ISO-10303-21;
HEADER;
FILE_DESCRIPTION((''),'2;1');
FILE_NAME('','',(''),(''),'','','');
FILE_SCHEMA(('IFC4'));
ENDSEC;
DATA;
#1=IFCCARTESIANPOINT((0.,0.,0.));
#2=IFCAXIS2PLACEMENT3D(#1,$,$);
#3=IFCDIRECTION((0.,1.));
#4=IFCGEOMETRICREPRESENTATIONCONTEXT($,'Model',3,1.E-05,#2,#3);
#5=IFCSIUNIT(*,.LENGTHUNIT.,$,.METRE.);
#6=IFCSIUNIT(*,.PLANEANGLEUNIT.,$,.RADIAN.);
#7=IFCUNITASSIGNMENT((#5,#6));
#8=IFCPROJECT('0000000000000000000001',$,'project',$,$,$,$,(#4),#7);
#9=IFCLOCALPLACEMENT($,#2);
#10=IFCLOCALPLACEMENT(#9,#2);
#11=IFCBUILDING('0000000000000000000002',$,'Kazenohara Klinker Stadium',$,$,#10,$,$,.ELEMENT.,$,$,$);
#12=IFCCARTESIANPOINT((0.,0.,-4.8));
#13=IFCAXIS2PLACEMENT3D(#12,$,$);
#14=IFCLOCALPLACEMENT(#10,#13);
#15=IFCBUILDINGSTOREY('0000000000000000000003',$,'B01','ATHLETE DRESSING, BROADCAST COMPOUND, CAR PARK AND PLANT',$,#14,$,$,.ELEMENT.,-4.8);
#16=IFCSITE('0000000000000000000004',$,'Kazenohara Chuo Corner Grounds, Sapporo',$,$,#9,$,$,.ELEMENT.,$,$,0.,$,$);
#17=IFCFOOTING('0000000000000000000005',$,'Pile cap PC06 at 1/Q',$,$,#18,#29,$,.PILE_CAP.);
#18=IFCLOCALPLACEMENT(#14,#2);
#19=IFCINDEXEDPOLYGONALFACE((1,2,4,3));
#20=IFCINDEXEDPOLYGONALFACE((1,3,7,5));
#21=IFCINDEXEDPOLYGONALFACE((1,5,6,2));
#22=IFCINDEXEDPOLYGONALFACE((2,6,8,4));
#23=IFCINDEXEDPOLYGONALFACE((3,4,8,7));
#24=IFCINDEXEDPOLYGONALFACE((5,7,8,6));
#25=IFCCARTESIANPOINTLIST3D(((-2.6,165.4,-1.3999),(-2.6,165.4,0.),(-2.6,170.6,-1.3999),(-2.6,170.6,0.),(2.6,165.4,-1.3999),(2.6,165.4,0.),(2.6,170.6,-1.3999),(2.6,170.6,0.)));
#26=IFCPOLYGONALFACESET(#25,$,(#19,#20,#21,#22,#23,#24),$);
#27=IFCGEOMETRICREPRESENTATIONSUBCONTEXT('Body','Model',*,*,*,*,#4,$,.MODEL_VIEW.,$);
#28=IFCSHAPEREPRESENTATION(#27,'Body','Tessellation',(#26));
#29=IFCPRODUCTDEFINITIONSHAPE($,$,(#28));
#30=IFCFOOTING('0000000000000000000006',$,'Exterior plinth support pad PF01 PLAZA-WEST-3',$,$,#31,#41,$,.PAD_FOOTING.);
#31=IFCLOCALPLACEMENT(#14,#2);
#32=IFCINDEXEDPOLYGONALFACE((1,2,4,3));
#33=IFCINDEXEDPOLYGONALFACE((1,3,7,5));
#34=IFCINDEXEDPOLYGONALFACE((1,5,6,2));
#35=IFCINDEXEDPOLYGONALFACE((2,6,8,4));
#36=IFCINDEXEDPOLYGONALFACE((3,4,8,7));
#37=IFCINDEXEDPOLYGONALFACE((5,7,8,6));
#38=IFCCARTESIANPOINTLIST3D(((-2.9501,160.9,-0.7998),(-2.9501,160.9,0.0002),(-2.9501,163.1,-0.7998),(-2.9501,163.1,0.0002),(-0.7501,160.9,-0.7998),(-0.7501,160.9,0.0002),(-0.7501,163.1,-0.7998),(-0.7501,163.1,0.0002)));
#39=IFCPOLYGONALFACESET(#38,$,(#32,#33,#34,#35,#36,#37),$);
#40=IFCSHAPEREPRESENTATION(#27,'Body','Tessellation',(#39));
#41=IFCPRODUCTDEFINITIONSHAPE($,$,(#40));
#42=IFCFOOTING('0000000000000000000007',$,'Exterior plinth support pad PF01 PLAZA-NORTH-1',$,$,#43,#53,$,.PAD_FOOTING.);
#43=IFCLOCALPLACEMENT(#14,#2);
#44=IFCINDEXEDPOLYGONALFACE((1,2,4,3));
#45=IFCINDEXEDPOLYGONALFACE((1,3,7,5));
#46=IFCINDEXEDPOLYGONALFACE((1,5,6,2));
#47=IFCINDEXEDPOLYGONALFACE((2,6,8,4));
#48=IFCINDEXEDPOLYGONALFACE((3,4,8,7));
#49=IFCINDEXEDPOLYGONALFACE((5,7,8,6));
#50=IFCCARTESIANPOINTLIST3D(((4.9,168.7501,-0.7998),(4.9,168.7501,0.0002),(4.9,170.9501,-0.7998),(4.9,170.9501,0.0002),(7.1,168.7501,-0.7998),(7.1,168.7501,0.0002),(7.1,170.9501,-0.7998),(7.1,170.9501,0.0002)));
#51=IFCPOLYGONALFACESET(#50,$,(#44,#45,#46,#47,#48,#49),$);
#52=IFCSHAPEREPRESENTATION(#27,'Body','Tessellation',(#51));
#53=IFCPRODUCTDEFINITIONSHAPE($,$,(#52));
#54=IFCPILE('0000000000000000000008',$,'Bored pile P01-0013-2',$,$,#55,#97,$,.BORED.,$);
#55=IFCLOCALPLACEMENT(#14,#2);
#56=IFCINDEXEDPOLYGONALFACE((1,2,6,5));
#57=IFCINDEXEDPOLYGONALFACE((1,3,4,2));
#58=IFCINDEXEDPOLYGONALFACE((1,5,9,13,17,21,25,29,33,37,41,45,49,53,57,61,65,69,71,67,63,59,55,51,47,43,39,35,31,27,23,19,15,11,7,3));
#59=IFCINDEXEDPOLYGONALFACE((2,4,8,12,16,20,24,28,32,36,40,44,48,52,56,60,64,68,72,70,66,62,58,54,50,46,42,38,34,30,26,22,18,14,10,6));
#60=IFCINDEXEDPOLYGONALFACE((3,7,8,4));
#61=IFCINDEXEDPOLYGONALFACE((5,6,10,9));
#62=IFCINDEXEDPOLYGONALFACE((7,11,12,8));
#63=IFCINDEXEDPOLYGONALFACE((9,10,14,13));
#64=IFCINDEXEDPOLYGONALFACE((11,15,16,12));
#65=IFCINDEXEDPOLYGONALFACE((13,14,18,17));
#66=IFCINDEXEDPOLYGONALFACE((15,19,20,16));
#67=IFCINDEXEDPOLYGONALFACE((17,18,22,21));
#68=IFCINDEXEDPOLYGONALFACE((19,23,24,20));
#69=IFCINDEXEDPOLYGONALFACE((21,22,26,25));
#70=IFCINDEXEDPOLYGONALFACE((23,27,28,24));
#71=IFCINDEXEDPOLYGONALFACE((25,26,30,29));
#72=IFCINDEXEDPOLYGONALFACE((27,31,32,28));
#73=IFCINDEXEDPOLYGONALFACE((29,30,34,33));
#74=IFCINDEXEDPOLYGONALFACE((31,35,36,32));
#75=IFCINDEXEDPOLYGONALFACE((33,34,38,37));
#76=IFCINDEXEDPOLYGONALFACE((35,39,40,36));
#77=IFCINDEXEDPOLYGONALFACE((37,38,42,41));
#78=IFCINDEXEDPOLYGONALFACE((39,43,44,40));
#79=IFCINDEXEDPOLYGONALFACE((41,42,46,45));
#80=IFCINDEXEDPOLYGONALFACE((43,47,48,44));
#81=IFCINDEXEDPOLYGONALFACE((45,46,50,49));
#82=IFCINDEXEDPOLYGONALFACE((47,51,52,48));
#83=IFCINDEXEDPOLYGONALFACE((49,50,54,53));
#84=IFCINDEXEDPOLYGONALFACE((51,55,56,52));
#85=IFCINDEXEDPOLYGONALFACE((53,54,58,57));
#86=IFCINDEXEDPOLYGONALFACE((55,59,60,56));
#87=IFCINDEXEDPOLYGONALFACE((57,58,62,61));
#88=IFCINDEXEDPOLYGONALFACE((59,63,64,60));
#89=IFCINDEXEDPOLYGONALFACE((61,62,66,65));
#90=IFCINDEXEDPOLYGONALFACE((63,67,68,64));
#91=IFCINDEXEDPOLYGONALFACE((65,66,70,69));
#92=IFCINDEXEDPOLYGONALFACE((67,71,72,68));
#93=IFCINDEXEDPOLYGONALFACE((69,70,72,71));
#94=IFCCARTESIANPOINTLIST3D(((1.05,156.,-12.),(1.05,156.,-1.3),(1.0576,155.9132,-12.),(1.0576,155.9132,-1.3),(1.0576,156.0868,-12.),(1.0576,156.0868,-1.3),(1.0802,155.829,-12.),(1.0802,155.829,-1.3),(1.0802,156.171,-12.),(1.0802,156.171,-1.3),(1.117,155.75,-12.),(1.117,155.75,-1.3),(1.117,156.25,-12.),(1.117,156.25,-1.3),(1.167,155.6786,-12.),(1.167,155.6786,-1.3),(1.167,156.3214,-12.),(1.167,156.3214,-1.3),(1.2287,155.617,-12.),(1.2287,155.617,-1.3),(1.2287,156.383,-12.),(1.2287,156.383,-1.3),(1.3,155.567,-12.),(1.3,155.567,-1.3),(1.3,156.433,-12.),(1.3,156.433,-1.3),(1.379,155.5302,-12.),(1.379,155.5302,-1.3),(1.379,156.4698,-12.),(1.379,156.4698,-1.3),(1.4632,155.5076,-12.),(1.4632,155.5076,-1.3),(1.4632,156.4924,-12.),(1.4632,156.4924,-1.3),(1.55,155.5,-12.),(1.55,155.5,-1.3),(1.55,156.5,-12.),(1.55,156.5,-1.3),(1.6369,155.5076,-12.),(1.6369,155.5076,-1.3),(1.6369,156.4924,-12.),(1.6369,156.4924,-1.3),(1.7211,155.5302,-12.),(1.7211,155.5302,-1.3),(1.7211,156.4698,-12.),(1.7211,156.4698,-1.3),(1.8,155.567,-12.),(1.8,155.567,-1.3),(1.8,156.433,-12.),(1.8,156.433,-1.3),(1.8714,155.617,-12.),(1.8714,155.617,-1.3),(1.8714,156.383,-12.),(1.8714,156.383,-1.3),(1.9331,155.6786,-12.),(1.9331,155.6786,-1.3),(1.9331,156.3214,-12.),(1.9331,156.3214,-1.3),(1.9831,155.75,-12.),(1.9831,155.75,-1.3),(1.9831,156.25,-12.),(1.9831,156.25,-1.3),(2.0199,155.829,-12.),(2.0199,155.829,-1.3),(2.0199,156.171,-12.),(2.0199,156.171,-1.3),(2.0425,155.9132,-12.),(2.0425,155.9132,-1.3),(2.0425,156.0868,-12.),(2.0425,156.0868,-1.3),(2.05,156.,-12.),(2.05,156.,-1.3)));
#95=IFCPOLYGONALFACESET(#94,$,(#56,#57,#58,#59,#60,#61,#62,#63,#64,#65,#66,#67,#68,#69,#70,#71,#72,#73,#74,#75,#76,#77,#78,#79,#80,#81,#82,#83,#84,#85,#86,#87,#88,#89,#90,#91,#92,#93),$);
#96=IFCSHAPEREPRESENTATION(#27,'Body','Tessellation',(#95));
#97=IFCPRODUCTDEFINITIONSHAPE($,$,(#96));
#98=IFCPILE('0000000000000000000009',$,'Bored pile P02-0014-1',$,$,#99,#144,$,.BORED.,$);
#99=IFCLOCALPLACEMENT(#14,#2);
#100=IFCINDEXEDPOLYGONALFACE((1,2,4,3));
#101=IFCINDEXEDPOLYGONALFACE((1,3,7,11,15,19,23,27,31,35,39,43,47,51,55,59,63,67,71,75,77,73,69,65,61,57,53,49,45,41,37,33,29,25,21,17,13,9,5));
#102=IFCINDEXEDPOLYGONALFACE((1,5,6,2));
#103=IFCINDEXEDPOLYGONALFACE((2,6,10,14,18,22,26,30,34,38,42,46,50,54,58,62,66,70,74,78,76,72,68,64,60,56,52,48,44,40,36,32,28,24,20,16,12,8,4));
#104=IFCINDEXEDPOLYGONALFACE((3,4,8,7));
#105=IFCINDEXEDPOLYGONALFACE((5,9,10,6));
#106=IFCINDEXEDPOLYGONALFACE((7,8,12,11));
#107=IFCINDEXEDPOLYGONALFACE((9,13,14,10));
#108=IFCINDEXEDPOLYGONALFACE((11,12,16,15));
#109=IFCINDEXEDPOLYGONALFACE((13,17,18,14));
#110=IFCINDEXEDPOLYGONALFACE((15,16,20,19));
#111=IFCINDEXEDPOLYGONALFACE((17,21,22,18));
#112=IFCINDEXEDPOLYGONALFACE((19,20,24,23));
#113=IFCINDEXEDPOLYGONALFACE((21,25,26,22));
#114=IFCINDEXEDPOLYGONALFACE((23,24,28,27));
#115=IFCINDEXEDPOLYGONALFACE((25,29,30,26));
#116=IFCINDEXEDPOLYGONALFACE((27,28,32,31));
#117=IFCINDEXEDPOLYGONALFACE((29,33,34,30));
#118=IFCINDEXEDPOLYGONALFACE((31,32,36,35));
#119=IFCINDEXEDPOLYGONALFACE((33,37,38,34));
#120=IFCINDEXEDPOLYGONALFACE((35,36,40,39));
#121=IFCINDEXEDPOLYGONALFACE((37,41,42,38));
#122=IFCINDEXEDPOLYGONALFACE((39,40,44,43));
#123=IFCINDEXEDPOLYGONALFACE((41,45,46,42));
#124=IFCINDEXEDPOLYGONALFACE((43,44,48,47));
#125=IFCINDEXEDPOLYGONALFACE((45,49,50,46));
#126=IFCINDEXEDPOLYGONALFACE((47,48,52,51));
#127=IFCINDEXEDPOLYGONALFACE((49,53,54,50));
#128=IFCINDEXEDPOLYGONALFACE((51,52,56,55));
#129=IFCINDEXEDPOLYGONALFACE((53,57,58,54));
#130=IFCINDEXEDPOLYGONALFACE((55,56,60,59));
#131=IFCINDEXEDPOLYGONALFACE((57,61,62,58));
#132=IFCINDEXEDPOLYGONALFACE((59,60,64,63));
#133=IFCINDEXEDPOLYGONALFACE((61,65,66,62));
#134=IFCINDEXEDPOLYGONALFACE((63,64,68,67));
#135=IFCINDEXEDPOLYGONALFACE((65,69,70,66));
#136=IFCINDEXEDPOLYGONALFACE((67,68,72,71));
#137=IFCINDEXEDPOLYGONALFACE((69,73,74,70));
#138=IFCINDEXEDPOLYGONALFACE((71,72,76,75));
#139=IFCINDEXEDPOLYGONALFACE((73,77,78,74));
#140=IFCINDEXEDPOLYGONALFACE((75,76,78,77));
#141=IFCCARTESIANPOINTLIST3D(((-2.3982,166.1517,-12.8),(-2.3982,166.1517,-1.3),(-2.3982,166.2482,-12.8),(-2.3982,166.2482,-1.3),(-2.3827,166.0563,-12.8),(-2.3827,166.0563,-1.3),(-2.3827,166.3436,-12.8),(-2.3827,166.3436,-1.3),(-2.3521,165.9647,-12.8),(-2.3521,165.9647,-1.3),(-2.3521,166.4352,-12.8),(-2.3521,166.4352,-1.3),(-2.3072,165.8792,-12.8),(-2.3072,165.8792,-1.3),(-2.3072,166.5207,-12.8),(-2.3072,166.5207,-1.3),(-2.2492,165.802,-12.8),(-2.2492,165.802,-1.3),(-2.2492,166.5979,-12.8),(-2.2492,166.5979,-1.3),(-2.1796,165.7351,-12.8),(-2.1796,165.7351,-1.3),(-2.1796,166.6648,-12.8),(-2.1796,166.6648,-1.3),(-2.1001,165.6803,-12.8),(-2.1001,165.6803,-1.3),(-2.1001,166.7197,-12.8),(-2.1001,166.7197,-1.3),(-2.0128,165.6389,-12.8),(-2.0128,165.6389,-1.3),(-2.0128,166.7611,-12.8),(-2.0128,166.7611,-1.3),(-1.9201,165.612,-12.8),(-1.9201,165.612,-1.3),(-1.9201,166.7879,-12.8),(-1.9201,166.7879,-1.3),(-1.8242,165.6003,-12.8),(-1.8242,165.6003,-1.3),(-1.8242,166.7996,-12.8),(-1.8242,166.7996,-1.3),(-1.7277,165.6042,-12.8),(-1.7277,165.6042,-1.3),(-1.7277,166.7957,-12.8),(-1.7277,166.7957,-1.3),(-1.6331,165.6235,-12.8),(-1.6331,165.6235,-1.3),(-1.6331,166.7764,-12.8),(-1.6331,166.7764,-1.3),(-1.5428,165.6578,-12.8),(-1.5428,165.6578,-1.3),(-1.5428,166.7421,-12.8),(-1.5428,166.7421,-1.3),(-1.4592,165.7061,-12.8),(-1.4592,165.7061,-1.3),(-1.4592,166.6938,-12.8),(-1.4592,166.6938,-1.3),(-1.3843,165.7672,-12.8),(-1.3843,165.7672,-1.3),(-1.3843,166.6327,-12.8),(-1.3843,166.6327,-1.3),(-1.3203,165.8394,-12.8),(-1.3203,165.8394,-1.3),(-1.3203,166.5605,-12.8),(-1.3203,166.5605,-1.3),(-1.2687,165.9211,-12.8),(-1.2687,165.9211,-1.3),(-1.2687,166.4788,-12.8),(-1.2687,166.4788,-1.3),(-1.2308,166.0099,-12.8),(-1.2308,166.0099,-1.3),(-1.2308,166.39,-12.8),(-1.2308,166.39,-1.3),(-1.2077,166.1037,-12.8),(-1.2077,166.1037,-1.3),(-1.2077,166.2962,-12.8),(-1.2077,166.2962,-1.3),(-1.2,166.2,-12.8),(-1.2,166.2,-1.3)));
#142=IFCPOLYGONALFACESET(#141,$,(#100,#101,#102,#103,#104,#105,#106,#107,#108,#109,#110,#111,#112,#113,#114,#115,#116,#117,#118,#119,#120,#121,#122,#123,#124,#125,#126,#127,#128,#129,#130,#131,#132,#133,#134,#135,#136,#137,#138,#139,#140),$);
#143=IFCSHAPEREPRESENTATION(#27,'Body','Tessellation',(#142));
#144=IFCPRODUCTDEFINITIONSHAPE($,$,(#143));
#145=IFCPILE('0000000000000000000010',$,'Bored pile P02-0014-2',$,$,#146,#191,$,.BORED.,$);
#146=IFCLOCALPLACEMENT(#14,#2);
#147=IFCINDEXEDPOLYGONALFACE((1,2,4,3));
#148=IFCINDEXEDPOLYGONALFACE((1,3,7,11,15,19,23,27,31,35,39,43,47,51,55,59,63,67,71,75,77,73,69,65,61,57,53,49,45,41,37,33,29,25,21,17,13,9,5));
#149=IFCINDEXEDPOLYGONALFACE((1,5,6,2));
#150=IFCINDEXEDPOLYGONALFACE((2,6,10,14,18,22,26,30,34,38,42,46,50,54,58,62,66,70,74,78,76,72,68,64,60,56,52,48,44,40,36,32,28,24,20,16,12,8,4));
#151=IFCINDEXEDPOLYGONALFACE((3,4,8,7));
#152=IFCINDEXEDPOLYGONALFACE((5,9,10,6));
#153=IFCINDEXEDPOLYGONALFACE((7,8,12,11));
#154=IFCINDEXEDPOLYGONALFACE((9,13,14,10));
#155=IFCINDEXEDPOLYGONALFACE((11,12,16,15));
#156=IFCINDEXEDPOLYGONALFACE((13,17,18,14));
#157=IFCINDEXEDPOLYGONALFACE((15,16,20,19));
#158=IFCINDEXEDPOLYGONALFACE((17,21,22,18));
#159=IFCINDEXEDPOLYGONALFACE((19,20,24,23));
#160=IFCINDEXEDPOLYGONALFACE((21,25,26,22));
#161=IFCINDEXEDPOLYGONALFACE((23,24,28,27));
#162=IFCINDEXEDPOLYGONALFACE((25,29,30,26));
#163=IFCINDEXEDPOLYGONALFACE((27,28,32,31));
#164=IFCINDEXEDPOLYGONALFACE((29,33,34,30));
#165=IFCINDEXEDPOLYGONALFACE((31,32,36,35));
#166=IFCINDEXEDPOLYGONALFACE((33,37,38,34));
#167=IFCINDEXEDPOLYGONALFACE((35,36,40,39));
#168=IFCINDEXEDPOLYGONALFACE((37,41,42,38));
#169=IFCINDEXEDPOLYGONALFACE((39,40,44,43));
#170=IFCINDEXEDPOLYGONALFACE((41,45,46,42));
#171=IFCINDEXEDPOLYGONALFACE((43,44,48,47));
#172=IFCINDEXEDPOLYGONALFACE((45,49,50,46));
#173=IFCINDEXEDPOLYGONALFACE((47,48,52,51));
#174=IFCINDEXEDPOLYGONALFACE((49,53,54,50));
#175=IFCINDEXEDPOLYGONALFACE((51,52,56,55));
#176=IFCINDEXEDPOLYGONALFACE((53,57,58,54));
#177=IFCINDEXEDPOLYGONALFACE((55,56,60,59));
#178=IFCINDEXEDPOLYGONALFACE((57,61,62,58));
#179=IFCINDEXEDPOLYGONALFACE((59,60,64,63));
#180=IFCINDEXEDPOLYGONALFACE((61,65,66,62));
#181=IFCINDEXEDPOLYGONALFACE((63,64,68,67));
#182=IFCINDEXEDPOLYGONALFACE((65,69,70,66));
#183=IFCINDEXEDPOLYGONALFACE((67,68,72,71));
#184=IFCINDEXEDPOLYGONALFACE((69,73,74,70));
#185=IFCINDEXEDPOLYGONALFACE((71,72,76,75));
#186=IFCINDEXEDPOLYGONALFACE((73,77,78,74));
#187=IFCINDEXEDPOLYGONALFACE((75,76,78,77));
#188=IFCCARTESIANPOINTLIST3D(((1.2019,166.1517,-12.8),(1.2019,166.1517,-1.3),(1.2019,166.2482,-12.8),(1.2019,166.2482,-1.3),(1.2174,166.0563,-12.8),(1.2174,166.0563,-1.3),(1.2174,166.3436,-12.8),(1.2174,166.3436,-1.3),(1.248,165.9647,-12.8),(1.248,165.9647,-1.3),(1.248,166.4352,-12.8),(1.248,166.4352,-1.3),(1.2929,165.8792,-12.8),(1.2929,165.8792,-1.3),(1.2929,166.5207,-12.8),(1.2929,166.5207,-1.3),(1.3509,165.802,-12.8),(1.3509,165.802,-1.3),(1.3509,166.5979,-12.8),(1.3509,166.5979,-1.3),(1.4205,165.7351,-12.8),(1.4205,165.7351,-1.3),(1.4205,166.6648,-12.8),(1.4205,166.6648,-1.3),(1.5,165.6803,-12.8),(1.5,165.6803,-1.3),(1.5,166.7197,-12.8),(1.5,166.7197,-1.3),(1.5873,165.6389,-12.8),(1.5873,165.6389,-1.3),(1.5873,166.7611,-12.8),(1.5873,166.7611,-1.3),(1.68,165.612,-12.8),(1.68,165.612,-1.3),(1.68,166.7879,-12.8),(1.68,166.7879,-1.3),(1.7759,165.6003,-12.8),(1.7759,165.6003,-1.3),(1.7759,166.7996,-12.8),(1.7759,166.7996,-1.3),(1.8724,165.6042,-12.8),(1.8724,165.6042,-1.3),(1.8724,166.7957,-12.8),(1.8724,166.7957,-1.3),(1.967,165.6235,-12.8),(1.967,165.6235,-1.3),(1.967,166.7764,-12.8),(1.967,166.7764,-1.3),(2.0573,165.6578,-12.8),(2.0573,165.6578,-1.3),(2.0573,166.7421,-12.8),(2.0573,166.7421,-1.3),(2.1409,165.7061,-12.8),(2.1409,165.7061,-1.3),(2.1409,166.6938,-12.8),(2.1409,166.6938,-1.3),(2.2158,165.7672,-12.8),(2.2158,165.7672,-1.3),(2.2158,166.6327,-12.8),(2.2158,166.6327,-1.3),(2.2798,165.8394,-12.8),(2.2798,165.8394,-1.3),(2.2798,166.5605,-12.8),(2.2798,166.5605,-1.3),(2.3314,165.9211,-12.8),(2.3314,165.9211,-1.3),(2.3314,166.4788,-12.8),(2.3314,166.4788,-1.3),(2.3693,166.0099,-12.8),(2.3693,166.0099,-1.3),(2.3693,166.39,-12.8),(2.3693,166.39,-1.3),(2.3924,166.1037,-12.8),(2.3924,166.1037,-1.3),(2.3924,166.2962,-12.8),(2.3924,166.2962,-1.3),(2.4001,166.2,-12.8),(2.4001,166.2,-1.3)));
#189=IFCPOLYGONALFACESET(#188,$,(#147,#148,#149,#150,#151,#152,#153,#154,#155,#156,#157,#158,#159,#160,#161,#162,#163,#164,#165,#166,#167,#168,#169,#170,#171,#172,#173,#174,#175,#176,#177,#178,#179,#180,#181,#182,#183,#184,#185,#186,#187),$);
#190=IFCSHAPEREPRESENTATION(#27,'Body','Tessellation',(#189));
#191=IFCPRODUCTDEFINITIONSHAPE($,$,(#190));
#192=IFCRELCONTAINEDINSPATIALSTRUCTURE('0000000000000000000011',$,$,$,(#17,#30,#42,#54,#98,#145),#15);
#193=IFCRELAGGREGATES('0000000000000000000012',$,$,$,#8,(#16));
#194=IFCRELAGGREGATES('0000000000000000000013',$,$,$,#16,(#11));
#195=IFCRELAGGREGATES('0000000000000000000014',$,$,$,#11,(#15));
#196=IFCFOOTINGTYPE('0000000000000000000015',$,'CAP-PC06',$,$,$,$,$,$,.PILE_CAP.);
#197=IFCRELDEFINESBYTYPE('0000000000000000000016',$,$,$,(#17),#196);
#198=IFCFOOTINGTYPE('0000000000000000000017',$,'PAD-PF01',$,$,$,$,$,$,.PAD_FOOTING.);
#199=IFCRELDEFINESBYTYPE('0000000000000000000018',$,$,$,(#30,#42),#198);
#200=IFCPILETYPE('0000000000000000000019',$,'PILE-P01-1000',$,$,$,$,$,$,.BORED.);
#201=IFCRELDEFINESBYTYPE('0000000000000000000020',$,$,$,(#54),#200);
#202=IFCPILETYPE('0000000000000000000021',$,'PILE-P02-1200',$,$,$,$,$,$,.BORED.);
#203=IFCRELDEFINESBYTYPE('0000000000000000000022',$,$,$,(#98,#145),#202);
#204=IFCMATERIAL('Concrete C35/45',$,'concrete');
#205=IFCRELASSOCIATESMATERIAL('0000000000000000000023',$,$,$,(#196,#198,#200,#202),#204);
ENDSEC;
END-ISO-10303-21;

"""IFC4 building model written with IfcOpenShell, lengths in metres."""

from ifc_helpers import new_model, si_unit, direction, frame, origin, origin_2d, place, context, subcontext, project, spatial, rectangle, circle, extrude, material, material_profile, profile_set, type_object, element, save


model = new_model("IFC4")

# Units and contexts
model_context = context("Model", 3, precision=1e-05, world=origin(), true_north=direction((0.0, 1.0)))
body_context = subcontext(model_context, "Body", "Model", "MODEL_VIEW")
ifc_project = project(units=[si_unit("LENGTHUNIT", "METRE"), si_unit("PLANEANGLEUNIT", "RADIAN")], contexts=[model_context])

# Site, building, storey
site_placement = place(None, origin())
site = spatial("IfcSite", under=ifc_project, at=site_placement, Name="Kazenohara Chuo Corner Grounds, Sapporo", CompositionType="ELEMENT", RefElevation=0.0)
building_placement = place(site_placement, origin())
building = spatial("IfcBuilding", under=site, at=building_placement, Name="Kazenohara Klinker Stadium", CompositionType="ELEMENT")
storey_placement = place(building_placement, frame((0.0, 0.0, -4.8)))
storey = spatial("IfcBuildingStorey", under=building, at=storey_placement, Name="B01", Description="ATHLETE DRESSING, BROADCAST COMPOUND, CAR PARK AND PLANT", CompositionType="ELEMENT", Elevation=-4.8)

# Footings
ifc_material_1 = material(Name="Concrete C35/45", Category="concrete")
footing_type_1 = type_object("IfcFootingType", Name="CAP-PC06", PredefinedType="PILE_CAP", material=ifc_material_1)
footing_placement = place(storey_placement, frame((0.0, 168.0, -1.3999), z_axis=(0.0, 0.0, 1.0), x_axis=(1.0, 0.0, 0.0)))
element("IfcFooting", 1, at=footing_placement, inside=storey, type_object=footing_type_1, Name="Pile cap PC06 at 1/Q", PredefinedType="PILE_CAP", context=body_context, shape_type="SweptSolid", body=[
    extrude(rectangle(XDim=5.2, YDim=5.2, at=origin_2d()), origin(), (0.0, 0.0, 1.0), 1.3999),
])
footing_type_2 = type_object("IfcFootingType", Name="PAD-PF01", PredefinedType="PAD_FOOTING", material=ifc_material_1)
for number, where, z_axis, x_axis, name in (
    (2, (-1.8501, 162.0, -0.7998), (0.0, 0.0, 1.0), (1.0, 0.0, 0.0), "Exterior plinth support pad PF01 PLAZA-WEST-3"),
    (3, (6.0, 169.8501, -0.7998), (0.0, 0.0, 1.0), (1.0, 0.0, 0.0), "Exterior plinth support pad PF01 PLAZA-NORTH-1"),
):
    element("IfcFooting", number, at=place(storey_placement, frame(where, z_axis=z_axis, x_axis=x_axis)), inside=storey, type_object=footing_type_2, Name=name, PredefinedType="PAD_FOOTING", context=body_context, shape_type="SweptSolid", body=[
        extrude(rectangle(XDim=2.2, YDim=2.2, at=origin_2d()), origin(), (0.0, 0.0, 1.0), 0.8),
    ])

# Piles
ifc_material_profile_1 = material_profile(ifc_material_1, circle(Radius=0.5, at=origin_2d()), Name="BORED-PILE-1000")
ifc_profile_set_1 = profile_set([ifc_material_profile_1], Name="Concrete C35/45")
pile_type_1 = type_object("IfcPileType", Name="PILE-P01-1000", PredefinedType="BORED", material=ifc_profile_set_1)
pile_placement = place(storey_placement, frame((1.55, 156.0, -1.3), z_axis=(0.0, 0.0, -1.0), x_axis=(1.0, 0.0, 0.0)))
element("IfcPile", 4, at=pile_placement, inside=storey, type_object=pile_type_1, Name="Bored pile P01-0013-2", PredefinedType="BORED", context=body_context, shape_type="SweptSolid", body=[
    extrude(circle(Radius=0.5, at=origin_2d()), origin(), (0.0, 0.0, 1.0), 10.7),
])
ifc_material_profile_2 = material_profile(ifc_material_1, circle(Radius=0.6001, at=origin_2d()), Name="BORED-PILE-1200")
ifc_profile_set_2 = profile_set([ifc_material_profile_2], Name="Concrete C35/45")
pile_type_2 = type_object("IfcPileType", Name="PILE-P02-1200", PredefinedType="BORED", material=ifc_profile_set_2)
for number, where, z_axis, x_axis, name in (
    (5, (-1.8, 166.2, -1.3), (0.0, 0.0, -1.0), (1.0, 0.0, 0.0), "Bored pile P02-0014-1"),
    (6, (1.8, 166.2, -1.3), (0.0, 0.0, -1.0), (1.0, 0.0, 0.0), "Bored pile P02-0014-2"),
):
    element("IfcPile", number, at=place(storey_placement, frame(where, z_axis=z_axis, x_axis=x_axis)), inside=storey, type_object=pile_type_2, Name=name, PredefinedType="BORED", context=body_context, shape_type="SweptSolid", body=[
        extrude(circle(Radius=0.6001, at=origin_2d()), origin(), (0.0, 0.0, 1.0), 11.5),
    ])

save(model, "model.ifc")
